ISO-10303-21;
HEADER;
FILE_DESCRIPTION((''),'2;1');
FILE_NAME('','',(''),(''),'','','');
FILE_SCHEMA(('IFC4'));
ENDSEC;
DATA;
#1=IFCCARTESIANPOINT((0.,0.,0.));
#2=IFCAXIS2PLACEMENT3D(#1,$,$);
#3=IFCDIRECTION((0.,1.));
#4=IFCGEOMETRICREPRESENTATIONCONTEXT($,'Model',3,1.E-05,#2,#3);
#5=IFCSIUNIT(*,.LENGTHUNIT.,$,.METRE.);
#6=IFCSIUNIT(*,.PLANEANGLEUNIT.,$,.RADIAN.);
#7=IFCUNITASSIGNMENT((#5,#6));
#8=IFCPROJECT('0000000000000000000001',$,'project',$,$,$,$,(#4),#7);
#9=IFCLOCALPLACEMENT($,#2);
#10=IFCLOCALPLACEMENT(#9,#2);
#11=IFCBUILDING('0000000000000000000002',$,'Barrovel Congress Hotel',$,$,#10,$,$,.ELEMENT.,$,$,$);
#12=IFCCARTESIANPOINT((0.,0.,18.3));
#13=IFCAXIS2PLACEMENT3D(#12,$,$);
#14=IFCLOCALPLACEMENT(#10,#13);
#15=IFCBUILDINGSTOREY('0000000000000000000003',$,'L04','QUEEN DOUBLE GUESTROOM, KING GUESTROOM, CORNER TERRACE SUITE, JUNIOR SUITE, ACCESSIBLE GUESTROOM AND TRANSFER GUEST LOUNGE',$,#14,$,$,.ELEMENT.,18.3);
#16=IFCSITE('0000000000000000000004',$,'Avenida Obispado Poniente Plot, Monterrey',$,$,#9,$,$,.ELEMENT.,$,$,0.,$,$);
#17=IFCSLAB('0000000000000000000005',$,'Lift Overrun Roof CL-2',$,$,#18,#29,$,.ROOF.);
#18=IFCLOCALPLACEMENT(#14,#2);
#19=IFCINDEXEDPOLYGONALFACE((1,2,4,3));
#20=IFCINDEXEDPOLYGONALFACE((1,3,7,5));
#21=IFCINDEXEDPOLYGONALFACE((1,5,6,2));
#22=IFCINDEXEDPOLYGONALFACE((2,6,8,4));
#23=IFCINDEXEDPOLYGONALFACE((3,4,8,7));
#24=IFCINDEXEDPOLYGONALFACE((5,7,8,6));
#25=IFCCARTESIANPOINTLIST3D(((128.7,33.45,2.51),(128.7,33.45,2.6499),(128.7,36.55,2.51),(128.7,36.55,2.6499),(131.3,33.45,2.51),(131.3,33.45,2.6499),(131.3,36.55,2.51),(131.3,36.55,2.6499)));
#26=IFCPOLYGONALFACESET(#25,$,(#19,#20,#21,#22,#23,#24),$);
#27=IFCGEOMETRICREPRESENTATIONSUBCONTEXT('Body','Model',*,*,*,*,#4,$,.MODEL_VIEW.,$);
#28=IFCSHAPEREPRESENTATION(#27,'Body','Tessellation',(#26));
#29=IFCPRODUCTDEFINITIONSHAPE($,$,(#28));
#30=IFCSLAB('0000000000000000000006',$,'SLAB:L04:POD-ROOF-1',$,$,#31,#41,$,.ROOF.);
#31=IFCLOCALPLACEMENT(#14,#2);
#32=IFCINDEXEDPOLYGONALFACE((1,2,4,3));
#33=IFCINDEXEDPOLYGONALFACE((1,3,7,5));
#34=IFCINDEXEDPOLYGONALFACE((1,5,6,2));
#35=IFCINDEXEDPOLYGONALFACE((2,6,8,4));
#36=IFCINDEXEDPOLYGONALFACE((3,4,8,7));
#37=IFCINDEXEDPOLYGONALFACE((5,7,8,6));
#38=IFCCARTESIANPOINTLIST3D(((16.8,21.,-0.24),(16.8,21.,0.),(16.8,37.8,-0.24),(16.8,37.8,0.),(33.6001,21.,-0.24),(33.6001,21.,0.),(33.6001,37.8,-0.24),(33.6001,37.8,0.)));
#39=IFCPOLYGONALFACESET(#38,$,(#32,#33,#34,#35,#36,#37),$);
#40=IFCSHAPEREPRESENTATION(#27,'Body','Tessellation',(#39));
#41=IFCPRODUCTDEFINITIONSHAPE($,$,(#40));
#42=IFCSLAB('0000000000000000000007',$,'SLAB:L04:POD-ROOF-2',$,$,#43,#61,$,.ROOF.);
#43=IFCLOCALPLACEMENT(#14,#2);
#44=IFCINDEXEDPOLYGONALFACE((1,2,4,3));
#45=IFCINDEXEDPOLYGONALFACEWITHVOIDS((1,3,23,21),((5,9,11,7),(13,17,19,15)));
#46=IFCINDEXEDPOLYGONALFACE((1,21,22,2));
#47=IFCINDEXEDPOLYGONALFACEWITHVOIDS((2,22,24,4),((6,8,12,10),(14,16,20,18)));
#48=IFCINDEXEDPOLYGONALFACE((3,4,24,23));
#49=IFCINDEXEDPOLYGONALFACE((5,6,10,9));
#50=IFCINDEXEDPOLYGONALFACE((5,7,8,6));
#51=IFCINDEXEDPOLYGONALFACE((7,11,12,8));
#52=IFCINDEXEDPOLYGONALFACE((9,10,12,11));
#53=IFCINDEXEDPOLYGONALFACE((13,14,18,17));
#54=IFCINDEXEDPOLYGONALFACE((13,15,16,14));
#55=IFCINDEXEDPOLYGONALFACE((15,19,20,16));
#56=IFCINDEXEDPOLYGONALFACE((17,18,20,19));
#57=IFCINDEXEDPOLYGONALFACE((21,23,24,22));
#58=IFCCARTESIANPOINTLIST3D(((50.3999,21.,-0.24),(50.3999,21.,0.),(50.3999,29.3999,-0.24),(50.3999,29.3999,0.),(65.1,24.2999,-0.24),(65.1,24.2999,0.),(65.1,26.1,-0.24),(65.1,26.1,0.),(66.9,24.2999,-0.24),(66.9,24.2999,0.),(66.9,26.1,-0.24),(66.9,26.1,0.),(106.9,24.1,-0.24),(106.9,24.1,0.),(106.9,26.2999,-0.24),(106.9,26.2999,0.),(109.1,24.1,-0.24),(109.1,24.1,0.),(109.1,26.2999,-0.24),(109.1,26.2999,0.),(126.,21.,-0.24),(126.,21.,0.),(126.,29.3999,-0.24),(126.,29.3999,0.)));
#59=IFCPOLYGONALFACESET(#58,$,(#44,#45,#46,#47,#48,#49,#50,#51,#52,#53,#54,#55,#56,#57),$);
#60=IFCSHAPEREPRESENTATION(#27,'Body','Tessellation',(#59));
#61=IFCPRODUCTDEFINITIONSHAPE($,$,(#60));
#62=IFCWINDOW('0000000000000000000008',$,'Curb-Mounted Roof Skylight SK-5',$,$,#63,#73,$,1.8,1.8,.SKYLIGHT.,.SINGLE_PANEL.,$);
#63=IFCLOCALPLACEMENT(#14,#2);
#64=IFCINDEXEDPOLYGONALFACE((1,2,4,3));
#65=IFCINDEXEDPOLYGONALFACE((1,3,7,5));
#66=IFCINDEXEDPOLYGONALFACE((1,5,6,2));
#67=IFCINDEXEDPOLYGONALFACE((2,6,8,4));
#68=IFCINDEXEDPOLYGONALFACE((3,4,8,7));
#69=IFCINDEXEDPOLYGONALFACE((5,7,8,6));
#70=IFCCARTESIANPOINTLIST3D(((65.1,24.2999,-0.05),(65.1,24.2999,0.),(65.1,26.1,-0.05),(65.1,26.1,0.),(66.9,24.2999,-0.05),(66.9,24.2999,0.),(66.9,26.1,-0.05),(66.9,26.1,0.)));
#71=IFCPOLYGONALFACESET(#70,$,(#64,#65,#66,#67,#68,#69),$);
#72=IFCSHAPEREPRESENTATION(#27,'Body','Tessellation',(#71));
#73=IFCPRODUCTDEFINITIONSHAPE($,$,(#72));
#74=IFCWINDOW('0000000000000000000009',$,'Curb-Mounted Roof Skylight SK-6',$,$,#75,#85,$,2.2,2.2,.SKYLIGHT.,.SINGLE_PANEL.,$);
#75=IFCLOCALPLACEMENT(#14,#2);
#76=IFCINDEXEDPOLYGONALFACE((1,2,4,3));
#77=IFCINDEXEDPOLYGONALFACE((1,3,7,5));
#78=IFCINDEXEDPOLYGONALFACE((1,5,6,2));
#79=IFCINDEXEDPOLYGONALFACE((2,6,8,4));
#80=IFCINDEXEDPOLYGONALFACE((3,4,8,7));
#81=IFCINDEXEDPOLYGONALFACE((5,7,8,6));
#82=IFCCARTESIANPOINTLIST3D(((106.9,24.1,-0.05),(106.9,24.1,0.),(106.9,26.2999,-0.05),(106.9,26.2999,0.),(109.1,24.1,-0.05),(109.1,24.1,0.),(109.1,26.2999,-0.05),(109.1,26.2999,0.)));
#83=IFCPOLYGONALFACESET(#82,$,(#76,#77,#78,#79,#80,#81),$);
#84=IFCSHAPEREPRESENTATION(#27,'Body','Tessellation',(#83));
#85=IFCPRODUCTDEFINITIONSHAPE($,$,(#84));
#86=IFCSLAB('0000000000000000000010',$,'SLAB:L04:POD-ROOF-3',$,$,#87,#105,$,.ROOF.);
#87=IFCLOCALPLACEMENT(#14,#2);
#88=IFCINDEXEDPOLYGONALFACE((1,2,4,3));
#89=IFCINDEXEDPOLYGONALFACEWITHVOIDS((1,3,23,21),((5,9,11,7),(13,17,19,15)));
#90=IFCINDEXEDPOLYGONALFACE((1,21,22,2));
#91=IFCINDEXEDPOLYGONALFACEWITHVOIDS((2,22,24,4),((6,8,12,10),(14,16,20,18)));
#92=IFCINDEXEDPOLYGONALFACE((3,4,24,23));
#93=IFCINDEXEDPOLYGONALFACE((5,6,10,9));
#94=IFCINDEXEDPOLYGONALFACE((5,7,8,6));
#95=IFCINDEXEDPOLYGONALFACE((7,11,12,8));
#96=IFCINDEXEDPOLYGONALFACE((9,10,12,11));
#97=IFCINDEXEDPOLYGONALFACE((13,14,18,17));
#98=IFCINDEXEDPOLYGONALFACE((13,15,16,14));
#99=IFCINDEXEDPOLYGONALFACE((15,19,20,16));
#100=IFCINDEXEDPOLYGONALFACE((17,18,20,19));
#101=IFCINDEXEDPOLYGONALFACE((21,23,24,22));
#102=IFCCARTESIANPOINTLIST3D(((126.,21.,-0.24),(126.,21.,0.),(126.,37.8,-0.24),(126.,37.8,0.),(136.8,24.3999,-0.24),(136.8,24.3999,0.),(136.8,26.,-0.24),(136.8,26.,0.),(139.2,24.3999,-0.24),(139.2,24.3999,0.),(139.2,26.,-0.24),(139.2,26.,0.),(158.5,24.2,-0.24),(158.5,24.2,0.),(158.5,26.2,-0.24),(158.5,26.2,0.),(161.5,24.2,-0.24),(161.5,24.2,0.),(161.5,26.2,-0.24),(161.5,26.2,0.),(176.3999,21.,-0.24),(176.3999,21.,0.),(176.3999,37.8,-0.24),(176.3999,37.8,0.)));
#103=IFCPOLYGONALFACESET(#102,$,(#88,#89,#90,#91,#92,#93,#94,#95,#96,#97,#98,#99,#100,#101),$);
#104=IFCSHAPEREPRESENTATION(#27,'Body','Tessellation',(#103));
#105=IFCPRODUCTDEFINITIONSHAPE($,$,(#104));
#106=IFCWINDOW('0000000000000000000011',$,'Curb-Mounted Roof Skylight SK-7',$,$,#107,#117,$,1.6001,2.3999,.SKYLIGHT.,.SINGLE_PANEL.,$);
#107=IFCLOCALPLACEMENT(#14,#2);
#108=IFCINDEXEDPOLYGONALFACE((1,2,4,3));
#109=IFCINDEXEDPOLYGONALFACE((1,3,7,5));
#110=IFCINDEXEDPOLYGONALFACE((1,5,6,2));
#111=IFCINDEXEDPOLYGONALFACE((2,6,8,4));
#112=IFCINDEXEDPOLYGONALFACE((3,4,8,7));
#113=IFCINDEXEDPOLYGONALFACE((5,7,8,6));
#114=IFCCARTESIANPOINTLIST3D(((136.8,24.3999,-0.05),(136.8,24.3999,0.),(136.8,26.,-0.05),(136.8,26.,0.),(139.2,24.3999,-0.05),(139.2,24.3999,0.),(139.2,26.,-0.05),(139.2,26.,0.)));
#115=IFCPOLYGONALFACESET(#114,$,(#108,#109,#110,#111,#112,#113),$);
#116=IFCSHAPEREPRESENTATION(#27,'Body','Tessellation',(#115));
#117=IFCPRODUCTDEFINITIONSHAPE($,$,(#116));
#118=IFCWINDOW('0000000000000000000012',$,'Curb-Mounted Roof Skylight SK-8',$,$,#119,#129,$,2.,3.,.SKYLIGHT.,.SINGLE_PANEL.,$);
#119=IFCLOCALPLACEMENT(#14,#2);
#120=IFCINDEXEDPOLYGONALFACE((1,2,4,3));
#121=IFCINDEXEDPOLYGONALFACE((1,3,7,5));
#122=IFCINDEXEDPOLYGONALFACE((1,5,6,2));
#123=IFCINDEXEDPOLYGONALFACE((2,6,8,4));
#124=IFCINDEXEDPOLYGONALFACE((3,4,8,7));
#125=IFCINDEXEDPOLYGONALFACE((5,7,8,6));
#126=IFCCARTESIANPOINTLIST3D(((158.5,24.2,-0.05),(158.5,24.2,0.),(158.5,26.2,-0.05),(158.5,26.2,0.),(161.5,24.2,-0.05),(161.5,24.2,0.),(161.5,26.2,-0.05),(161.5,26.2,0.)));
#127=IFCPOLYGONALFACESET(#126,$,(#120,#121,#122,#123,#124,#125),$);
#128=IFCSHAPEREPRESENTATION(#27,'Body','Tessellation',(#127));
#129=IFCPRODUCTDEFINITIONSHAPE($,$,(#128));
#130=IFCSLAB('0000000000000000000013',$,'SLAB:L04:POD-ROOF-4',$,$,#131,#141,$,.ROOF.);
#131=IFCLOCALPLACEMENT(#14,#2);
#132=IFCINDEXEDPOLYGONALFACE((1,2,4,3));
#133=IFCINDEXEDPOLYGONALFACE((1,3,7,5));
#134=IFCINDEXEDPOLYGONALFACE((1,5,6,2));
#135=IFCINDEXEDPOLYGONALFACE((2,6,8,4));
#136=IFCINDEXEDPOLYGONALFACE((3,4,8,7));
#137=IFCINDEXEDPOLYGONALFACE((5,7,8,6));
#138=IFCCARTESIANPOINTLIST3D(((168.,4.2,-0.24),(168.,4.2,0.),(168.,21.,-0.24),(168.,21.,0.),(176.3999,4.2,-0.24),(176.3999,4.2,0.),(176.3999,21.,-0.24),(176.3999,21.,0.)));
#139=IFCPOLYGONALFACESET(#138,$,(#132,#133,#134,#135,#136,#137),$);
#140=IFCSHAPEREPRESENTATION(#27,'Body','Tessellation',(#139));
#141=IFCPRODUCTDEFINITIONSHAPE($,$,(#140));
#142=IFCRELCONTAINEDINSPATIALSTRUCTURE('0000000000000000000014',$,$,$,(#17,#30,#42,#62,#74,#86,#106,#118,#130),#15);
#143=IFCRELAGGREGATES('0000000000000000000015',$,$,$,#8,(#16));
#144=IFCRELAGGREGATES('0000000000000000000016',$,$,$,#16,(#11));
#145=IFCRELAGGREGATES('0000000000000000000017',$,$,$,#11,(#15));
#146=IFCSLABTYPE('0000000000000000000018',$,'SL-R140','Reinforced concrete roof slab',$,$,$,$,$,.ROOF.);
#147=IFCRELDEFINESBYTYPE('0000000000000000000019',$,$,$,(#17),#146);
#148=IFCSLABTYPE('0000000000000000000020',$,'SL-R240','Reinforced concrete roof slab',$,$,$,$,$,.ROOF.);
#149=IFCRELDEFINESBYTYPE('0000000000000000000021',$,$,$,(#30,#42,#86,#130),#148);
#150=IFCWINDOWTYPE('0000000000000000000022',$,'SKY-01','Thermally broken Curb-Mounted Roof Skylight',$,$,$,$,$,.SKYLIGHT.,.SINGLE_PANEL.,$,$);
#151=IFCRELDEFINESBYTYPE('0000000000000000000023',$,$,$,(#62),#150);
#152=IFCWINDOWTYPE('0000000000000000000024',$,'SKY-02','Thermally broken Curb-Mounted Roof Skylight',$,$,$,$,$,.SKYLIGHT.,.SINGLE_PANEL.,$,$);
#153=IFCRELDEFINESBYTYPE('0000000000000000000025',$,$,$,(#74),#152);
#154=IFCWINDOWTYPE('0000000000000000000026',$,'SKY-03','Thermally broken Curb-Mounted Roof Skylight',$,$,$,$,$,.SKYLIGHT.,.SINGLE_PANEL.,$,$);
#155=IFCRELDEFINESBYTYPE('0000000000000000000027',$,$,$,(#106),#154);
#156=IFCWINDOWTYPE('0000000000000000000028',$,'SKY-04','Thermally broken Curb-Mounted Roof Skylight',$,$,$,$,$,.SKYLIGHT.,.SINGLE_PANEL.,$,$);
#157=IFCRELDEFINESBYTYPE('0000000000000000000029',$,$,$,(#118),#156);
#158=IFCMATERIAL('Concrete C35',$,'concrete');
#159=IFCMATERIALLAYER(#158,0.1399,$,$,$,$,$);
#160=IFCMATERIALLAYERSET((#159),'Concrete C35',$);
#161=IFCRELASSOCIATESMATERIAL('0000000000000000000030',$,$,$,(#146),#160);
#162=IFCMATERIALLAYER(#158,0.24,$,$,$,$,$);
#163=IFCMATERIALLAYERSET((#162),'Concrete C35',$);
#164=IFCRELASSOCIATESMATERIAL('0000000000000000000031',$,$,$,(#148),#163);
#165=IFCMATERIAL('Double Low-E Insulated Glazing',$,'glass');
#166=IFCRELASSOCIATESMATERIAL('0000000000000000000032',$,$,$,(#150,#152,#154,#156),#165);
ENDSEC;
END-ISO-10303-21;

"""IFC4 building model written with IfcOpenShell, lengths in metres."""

from ifc_helpers import new_model, si_unit, direction, frame, origin, origin_2d, place, context, subcontext, project, spatial, polyline, rectangle, outline, extrude, material, layer, layer_set, type_object, element, fill, save


model = new_model("IFC4")

# Units and contexts
model_context = context("Model", 3, precision=1e-05, world=origin(), true_north=direction((0.0, 1.0)))
body_context = subcontext(model_context, "Body", "Model", "MODEL_VIEW")
ifc_project = project(units=[si_unit("LENGTHUNIT", "METRE"), si_unit("PLANEANGLEUNIT", "RADIAN")], contexts=[model_context])

# Site, building, storey
site_placement = place(None, origin())
site = spatial("IfcSite", under=ifc_project, at=site_placement, Name="Avenida Obispado Poniente Plot, Monterrey", CompositionType="ELEMENT", RefElevation=0.0)
building_placement = place(site_placement, origin())
building = spatial("IfcBuilding", under=site, at=building_placement, Name="Barrovel Congress Hotel", CompositionType="ELEMENT")
storey_placement = place(building_placement, frame((0.0, 0.0, 18.3)))
storey = spatial("IfcBuildingStorey", under=building, at=storey_placement, Name="L04", Description="QUEEN DOUBLE GUESTROOM, KING GUESTROOM, CORNER TERRACE SUITE, JUNIOR SUITE, ACCESSIBLE GUESTROOM AND TRANSFER GUEST LOUNGE", CompositionType="ELEMENT", Elevation=18.3)

# Slabs
ifc_material_1 = material(Name="Concrete C35", Category="concrete")
ifc_layer_1 = layer(ifc_material_1, 0.1399)
ifc_layer_set_1 = layer_set([ifc_layer_1], Name="Concrete C35")
slab_type_1 = type_object("IfcSlabType", Name="SL-R140", Description="Reinforced concrete roof slab", PredefinedType="ROOF", material=ifc_layer_set_1)
slab_1_placement = place(storey_placement, frame((0.0, 0.0, 2.51)))
element("IfcSlab", 1, at=slab_1_placement, inside=storey, type_object=slab_type_1, Name="Lift Overrun Roof CL-2", PredefinedType="ROOF", context=body_context, shape_type="SweptSolid", body=[
    extrude(outline(polyline([(128.7, 33.45), (131.3, 33.45), (131.3, 36.55), (128.7, 36.55), (128.7, 33.45)])), origin(), (0.0, 0.0, 1.0), 0.1399),
])
ifc_layer_2 = layer(ifc_material_1, 0.24)
ifc_layer_set_2 = layer_set([ifc_layer_2], Name="Concrete C35")
slab_type_2 = type_object("IfcSlabType", Name="SL-R240", Description="Reinforced concrete roof slab", PredefinedType="ROOF", material=ifc_layer_set_2)
slab_2_placement = place(storey_placement, frame((0.0, 0.0, -0.24)))
element("IfcSlab", 2, at=slab_2_placement, inside=storey, type_object=slab_type_2, Name="SLAB:L04:POD-ROOF-1", PredefinedType="ROOF", context=body_context, shape_type="SweptSolid", body=[
    extrude(outline(polyline([(16.8, 21.0), (33.6001, 21.0), (33.6001, 37.8), (16.8, 37.8), (16.8, 21.0)])), origin(), (0.0, 0.0, 1.0), 0.24),
])

# Slabs, openings, windows
slab_3_placement = place(storey_placement, frame((0.0, 0.0, -0.24)))
slab_3 = element("IfcSlab", 3, at=slab_3_placement, inside=storey, type_object=slab_type_2, Name="SLAB:L04:POD-ROOF-2", PredefinedType="ROOF", context=body_context, shape_type="SweptSolid", body=[
    extrude(outline(polyline([(50.3999, 21.0), (126.0, 21.0), (126.0, 29.3999), (50.3999, 29.3999), (50.3999, 21.0)])), origin(), (0.0, 0.0, 1.0), 0.24),
])
opening_1_placement = place(slab_3_placement, frame((66.0, 25.2, -0.01)))
opening_1 = element("IfcOpeningElement", 4, at=opening_1_placement, cuts=slab_3, PredefinedType="OPENING", context=body_context, shape_type="SweptSolid", body=[
    extrude(rectangle(XDim=1.8, YDim=1.8, at=origin_2d()), origin(), (0.0, 0.0, 1.0), 0.26),
])
opening_2_placement = place(slab_3_placement, frame((108.0, 25.2, -0.01)))
opening_2 = element("IfcOpeningElement", 5, at=opening_2_placement, cuts=slab_3, PredefinedType="OPENING", context=body_context, shape_type="SweptSolid", body=[
    extrude(rectangle(XDim=2.2, YDim=2.2, at=origin_2d()), origin(), (0.0, 0.0, 1.0), 0.26),
])
ifc_material_2 = material(Name="Double Low-E Insulated Glazing", Category="glass")
window_type_1 = type_object("IfcWindowType", Name="SKY-01", Description="Thermally broken Curb-Mounted Roof Skylight", PartitioningType="SINGLE_PANEL", PredefinedType="SKYLIGHT", material=ifc_material_2)
window_1_placement = place(slab_3_placement, frame((66.0, 25.2, 0.1899)))
window_1 = element("IfcWindow", 6, at=window_1_placement, inside=storey, type_object=window_type_1, Name="Curb-Mounted Roof Skylight SK-5", OverallHeight=1.8, OverallWidth=1.8, PartitioningType="SINGLE_PANEL", PredefinedType="SKYLIGHT", context=body_context, shape_type="SweptSolid", body=[
    extrude(rectangle(XDim=1.8, YDim=1.8, at=origin_2d()), origin(), (0.0, 0.0, 1.0), 0.05),
])
fill(opening_1, window_1)
window_type_2 = type_object("IfcWindowType", Name="SKY-02", Description="Thermally broken Curb-Mounted Roof Skylight", PartitioningType="SINGLE_PANEL", PredefinedType="SKYLIGHT", material=ifc_material_2)
window_2_placement = place(slab_3_placement, frame((108.0, 25.2, 0.1899)))
window_2 = element("IfcWindow", 7, at=window_2_placement, inside=storey, type_object=window_type_2, Name="Curb-Mounted Roof Skylight SK-6", OverallHeight=2.2, OverallWidth=2.2, PartitioningType="SINGLE_PANEL", PredefinedType="SKYLIGHT", context=body_context, shape_type="SweptSolid", body=[
    extrude(rectangle(XDim=2.2, YDim=2.2, at=origin_2d()), origin(), (0.0, 0.0, 1.0), 0.05),
])
fill(opening_2, window_2)
slab_4_placement = place(storey_placement, frame((0.0, 0.0, -0.24)))
slab_4 = element("IfcSlab", 8, at=slab_4_placement, inside=storey, type_object=slab_type_2, Name="SLAB:L04:POD-ROOF-3", PredefinedType="ROOF", context=body_context, shape_type="SweptSolid", body=[
    extrude(outline(polyline([(126.0, 21.0), (176.3999, 21.0), (176.3999, 37.8), (126.0, 37.8), (126.0, 21.0)])), origin(), (0.0, 0.0, 1.0), 0.24),
])
opening_3_placement = place(slab_4_placement, frame((138.0, 25.2, -0.01)))
opening_3 = element("IfcOpeningElement", 9, at=opening_3_placement, cuts=slab_4, PredefinedType="OPENING", context=body_context, shape_type="SweptSolid", body=[
    extrude(rectangle(XDim=2.3999, YDim=1.6001, at=origin_2d()), origin(), (0.0, 0.0, 1.0), 0.26),
])
opening_4_placement = place(slab_4_placement, frame((160.0, 25.2, -0.01)))
opening_4 = element("IfcOpeningElement", 10, at=opening_4_placement, cuts=slab_4, PredefinedType="OPENING", context=body_context, shape_type="SweptSolid", body=[
    extrude(rectangle(XDim=3.0, YDim=2.0, at=origin_2d()), origin(), (0.0, 0.0, 1.0), 0.26),
])
window_type_3 = type_object("IfcWindowType", Name="SKY-03", Description="Thermally broken Curb-Mounted Roof Skylight", PartitioningType="SINGLE_PANEL", PredefinedType="SKYLIGHT", material=ifc_material_2)
window_3_placement = place(slab_4_placement, frame((138.0, 25.2, 0.1899)))
window_3 = element("IfcWindow", 11, at=window_3_placement, inside=storey, type_object=window_type_3, Name="Curb-Mounted Roof Skylight SK-7", OverallHeight=1.6001, OverallWidth=2.3999, PartitioningType="SINGLE_PANEL", PredefinedType="SKYLIGHT", context=body_context, shape_type="SweptSolid", body=[
    extrude(rectangle(XDim=2.3999, YDim=1.6001, at=origin_2d()), origin(), (0.0, 0.0, 1.0), 0.05),
])
fill(opening_3, window_3)
window_type_4 = type_object("IfcWindowType", Name="SKY-04", Description="Thermally broken Curb-Mounted Roof Skylight", PartitioningType="SINGLE_PANEL", PredefinedType="SKYLIGHT", material=ifc_material_2)
window_4_placement = place(slab_4_placement, frame((160.0, 25.2, 0.1899)))
window_4 = element("IfcWindow", 12, at=window_4_placement, inside=storey, type_object=window_type_4, Name="Curb-Mounted Roof Skylight SK-8", OverallHeight=2.0, OverallWidth=3.0, PartitioningType="SINGLE_PANEL", PredefinedType="SKYLIGHT", context=body_context, shape_type="SweptSolid", body=[
    extrude(rectangle(XDim=3.0, YDim=2.0, at=origin_2d()), origin(), (0.0, 0.0, 1.0), 0.05),
])
fill(opening_4, window_4)

# Slab
slab_5_placement = place(storey_placement, frame((0.0, 0.0, -0.24)))
element("IfcSlab", 13, at=slab_5_placement, inside=storey, type_object=slab_type_2, Name="SLAB:L04:POD-ROOF-4", PredefinedType="ROOF", context=body_context, shape_type="SweptSolid", body=[
    extrude(outline(polyline([(168.0, 4.2), (176.3999, 4.2), (176.3999, 21.0), (168.0, 21.0), (168.0, 4.2)])), origin(), (0.0, 0.0, 1.0), 0.24),
])

save(model, "model.ifc")
